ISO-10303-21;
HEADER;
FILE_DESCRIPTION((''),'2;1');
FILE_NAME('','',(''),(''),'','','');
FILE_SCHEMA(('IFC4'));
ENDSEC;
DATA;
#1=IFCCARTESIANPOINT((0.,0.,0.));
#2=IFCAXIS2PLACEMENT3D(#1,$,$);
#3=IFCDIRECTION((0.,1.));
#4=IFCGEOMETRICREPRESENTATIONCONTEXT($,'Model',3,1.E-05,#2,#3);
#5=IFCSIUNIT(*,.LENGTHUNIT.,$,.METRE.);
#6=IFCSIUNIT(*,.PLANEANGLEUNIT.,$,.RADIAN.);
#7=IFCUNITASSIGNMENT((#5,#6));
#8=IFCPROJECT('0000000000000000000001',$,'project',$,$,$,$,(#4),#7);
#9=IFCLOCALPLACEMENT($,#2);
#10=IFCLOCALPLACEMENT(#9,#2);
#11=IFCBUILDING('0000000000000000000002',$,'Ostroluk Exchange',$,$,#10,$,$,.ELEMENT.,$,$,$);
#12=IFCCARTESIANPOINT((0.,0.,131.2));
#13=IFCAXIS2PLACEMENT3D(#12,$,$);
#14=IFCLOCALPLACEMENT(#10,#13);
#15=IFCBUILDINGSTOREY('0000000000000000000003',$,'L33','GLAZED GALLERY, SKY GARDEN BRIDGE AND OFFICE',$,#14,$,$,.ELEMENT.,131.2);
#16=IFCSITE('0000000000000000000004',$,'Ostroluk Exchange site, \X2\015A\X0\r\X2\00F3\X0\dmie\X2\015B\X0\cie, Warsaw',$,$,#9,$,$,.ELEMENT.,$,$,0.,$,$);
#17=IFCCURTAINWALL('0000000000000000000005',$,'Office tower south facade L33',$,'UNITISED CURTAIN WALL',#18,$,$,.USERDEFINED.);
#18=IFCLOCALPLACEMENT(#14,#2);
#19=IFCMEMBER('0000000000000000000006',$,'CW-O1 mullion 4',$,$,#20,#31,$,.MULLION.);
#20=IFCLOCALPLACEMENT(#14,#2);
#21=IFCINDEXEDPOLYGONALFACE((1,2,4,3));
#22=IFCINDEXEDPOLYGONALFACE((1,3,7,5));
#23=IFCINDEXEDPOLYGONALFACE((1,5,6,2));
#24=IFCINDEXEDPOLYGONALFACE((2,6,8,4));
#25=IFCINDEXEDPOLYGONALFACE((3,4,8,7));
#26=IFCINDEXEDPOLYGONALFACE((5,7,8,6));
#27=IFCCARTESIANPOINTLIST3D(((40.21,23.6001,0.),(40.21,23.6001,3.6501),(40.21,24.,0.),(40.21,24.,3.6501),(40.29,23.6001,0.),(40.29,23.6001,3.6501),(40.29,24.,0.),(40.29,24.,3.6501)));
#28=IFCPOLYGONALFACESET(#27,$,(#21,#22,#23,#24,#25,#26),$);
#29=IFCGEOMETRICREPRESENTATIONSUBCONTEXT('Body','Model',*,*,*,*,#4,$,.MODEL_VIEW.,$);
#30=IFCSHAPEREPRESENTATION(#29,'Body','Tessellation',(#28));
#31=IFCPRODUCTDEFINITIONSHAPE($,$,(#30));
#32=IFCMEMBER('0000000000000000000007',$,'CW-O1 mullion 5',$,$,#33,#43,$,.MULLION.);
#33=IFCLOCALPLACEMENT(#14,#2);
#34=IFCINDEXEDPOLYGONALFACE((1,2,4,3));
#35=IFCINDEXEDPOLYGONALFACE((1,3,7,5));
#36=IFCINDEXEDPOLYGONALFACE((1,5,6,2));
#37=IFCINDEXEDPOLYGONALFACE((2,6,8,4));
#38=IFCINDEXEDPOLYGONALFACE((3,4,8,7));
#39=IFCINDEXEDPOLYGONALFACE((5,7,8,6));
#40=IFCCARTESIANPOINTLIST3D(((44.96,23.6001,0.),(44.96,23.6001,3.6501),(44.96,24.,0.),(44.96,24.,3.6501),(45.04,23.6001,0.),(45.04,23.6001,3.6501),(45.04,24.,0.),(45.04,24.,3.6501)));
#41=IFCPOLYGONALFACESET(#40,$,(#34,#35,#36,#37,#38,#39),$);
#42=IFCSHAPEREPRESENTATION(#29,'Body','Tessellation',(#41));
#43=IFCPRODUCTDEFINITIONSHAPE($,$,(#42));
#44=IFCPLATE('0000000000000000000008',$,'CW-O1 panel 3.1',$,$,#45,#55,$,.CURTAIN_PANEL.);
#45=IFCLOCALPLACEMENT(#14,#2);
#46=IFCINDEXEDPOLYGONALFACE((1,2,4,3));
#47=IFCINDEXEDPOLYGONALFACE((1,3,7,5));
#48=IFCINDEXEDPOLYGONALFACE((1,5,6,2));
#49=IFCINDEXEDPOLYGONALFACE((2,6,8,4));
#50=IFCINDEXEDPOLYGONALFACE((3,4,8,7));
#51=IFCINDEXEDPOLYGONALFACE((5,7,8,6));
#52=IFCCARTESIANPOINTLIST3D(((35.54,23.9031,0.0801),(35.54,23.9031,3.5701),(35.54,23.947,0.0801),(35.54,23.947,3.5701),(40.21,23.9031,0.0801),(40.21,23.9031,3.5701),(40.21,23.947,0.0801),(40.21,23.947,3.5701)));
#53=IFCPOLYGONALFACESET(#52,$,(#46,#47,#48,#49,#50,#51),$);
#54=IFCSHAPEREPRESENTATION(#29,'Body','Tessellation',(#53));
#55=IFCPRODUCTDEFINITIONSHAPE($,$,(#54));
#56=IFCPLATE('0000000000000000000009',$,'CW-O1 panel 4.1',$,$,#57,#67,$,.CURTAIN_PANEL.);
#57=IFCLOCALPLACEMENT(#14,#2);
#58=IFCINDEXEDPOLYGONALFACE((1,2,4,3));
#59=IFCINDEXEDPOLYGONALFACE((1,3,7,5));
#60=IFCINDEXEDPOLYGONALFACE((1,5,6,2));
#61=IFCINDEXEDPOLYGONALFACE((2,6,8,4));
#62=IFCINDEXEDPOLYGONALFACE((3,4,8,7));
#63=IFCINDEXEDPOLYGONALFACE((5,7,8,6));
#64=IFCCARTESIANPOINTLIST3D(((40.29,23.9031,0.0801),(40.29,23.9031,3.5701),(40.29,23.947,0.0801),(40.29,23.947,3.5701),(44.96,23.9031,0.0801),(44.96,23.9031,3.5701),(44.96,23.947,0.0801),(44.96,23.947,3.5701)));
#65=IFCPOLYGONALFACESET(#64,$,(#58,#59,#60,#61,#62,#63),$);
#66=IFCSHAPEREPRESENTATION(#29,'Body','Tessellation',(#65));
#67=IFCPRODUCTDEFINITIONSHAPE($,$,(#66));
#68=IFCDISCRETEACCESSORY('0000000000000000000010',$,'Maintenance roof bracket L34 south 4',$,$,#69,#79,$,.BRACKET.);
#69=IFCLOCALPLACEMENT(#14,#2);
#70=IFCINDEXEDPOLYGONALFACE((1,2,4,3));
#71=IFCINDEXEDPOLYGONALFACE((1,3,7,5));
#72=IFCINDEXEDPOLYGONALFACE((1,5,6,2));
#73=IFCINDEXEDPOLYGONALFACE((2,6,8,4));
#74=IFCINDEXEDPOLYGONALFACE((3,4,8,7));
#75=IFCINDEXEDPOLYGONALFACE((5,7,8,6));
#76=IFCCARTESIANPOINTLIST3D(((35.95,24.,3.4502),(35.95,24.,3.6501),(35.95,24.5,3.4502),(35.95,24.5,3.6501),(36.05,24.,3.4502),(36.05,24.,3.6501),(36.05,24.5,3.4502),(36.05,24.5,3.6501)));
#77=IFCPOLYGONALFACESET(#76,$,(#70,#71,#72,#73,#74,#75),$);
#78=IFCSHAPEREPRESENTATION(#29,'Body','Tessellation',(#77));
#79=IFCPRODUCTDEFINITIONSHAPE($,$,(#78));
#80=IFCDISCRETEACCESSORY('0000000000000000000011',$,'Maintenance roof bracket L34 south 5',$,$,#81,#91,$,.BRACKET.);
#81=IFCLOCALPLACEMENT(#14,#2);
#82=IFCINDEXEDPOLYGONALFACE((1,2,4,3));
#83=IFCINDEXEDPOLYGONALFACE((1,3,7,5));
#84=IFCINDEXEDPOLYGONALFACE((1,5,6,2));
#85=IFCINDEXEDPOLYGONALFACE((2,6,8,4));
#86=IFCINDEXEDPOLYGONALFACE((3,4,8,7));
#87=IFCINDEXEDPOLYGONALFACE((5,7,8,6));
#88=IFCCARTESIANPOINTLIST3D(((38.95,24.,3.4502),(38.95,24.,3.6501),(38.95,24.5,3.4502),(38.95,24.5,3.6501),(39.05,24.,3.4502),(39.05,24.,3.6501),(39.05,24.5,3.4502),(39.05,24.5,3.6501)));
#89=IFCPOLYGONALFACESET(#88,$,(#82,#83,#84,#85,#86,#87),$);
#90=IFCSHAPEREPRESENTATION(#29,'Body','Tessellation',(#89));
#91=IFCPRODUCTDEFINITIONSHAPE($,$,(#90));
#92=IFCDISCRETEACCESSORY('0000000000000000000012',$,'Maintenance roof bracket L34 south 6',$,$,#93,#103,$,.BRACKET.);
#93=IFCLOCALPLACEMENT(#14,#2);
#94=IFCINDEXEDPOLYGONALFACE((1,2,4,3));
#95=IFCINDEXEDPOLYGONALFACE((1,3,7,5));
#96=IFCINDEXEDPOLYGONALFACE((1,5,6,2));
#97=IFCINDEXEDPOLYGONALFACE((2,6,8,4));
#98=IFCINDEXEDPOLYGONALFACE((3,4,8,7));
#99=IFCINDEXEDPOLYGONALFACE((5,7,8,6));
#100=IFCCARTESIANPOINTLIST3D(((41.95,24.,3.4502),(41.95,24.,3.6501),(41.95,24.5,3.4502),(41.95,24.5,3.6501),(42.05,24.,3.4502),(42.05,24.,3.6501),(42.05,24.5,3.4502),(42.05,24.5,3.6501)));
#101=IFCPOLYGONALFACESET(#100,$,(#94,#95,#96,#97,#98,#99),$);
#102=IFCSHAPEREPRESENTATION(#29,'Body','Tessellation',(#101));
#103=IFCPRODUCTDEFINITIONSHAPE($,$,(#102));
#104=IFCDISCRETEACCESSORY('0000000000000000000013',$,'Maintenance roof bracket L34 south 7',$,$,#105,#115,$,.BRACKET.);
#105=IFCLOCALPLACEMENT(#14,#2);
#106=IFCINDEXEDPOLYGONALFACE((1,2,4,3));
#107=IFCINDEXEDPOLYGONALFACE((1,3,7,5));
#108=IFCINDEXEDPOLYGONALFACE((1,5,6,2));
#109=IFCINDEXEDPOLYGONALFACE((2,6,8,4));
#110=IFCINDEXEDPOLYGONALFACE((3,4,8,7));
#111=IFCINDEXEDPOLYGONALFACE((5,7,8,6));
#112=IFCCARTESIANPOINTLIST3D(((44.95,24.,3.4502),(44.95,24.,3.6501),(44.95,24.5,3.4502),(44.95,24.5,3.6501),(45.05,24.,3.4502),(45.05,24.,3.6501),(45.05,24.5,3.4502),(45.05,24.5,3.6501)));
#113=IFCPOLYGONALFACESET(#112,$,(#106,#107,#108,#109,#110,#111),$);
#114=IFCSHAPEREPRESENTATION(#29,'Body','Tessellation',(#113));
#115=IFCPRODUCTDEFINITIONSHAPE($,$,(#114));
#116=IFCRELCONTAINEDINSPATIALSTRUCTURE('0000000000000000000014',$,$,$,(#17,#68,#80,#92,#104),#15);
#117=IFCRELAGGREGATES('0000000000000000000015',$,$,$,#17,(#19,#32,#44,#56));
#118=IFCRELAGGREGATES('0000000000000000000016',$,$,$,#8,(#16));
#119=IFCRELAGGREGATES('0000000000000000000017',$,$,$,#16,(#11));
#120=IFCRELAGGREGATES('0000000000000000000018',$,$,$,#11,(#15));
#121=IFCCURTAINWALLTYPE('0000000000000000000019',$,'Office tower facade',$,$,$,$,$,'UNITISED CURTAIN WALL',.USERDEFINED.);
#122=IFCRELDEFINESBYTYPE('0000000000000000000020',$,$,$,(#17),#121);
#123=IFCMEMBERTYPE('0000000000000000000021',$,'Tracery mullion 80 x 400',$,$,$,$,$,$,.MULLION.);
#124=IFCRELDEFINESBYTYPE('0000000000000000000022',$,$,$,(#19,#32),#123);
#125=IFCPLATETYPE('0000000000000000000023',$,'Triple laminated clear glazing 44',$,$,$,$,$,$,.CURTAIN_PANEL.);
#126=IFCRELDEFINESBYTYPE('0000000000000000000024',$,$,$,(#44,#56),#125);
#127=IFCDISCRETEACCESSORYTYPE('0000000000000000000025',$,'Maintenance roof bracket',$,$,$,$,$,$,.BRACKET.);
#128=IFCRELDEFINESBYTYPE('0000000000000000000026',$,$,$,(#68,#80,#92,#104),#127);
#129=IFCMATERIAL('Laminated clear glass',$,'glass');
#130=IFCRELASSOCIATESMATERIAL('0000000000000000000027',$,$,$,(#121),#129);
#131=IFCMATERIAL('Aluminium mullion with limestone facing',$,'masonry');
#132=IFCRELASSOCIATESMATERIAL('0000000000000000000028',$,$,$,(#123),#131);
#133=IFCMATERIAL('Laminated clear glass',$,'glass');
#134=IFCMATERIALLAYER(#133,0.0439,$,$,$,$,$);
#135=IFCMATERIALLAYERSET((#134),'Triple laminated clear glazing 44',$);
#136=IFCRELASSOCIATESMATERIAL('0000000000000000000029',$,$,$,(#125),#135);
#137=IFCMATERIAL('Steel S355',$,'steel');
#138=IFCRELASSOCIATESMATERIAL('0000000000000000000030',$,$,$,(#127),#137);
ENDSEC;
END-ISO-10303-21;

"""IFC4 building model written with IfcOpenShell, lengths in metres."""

from ifc_helpers import new_model, si_unit, direction, frame, origin, origin_2d, place, context, subcontext, project, spatial, rectangle, extrude, material, layer, layer_set, material_profile, profile_set, type_object, element, aggregate, save


model = new_model("IFC4")

# Units and contexts
model_context = context("Model", 3, precision=1e-05, world=origin(), true_north=direction((0.0, 1.0)))
body_context = subcontext(model_context, "Body", "Model", "MODEL_VIEW")
ifc_project = project(units=[si_unit("LENGTHUNIT", "METRE"), si_unit("PLANEANGLEUNIT", "RADIAN")], contexts=[model_context])

# Site, building, storey
site_placement = place(None, origin())
site = spatial("IfcSite", under=ifc_project, at=site_placement, Name="Ostroluk Exchange site, Śródmieście, Warsaw", CompositionType="ELEMENT", RefElevation=0.0)
building_placement = place(site_placement, origin())
building = spatial("IfcBuilding", under=site, at=building_placement, Name="Ostroluk Exchange", CompositionType="ELEMENT")
storey_placement = place(building_placement, frame((0.0, 0.0, 131.2)))
storey = spatial("IfcBuildingStorey", under=building, at=storey_placement, Name="L33", Description="GLAZED GALLERY, SKY GARDEN BRIDGE AND OFFICE", CompositionType="ELEMENT", Elevation=131.2)

# Curtain wall, members, plates
ifc_material_1 = material(Name="Laminated clear glass", Category="glass")
curtain_wall_type = type_object("IfcCurtainWallType", Name="Office tower facade", ElementType="UNITISED CURTAIN WALL", PredefinedType="USERDEFINED", material=ifc_material_1)
curtain_wall_placement = place(storey_placement, origin())
curtain_wall = element("IfcCurtainWall", 1, at=curtain_wall_placement, inside=storey, type_object=curtain_wall_type, Name="Office tower south facade L33", ObjectType="UNITISED CURTAIN WALL", PredefinedType="USERDEFINED")
ifc_material_2 = material(Name="Aluminium mullion with limestone facing", Category="masonry")
ifc_material_profile_1 = material_profile(ifc_material_2, rectangle(XDim=0.3999, YDim=0.0801, at=origin_2d()), Name="Tracery mullion 80 x 400")
ifc_profile_set_1 = profile_set([ifc_material_profile_1], Name="Aluminium mullion with limestone facing")
member_type_1 = type_object("IfcMemberType", Name="Tracery mullion 80 x 400", PredefinedType="MULLION", material=ifc_profile_set_1)
member_1_placement = place(storey_placement, frame((40.25, 23.8, 0.0), z_axis=(0.0, 0.0, 1.0), x_axis=(0.0, 1.0, 0.0)))
member_1 = element("IfcMember", 2, at=member_1_placement, type_object=member_type_1, Name="CW-O1 mullion 4", PredefinedType="MULLION", context=body_context, shape_type="SweptSolid", body=[
    extrude(rectangle(XDim=0.3999, YDim=0.0801, at=origin_2d()), origin(), (0.0, 0.0, 1.0), 3.6501),
])
member_2_placement = place(storey_placement, frame((45.0, 23.8, 0.0), z_axis=(0.0, 0.0, 1.0), x_axis=(0.0, 1.0, 0.0)))
member_2 = element("IfcMember", 3, at=member_2_placement, type_object=member_type_1, Name="CW-O1 mullion 5", PredefinedType="MULLION", context=body_context, shape_type="SweptSolid", body=[
    extrude(rectangle(XDim=0.3999, YDim=0.0801, at=origin_2d()), origin(), (0.0, 0.0, 1.0), 3.6501),
])
ifc_material_3 = material(Name="Laminated clear glass", Category="glass")
ifc_layer = layer(ifc_material_3, 0.0439)
ifc_layer_set = layer_set([ifc_layer], Name="Triple laminated clear glazing 44")
plate_type = type_object("IfcPlateType", Name="Triple laminated clear glazing 44", PredefinedType="CURTAIN_PANEL", material=ifc_layer_set)
plate_1_placement = place(storey_placement, frame((37.875, 23.925, 0.0801), z_axis=(0.0, 0.0, 1.0), x_axis=(1.0, 0.0, 0.0)))
plate_1 = element("IfcPlate", 4, at=plate_1_placement, type_object=plate_type, Name="CW-O1 panel 3.1", PredefinedType="CURTAIN_PANEL", context=body_context, shape_type="SweptSolid", body=[
    extrude(rectangle(XDim=4.6699, YDim=0.0439, at=origin_2d()), origin(), (0.0, 0.0, 1.0), 3.49),
])
plate_2_placement = place(storey_placement, frame((42.625, 23.925, 0.0801), z_axis=(0.0, 0.0, 1.0), x_axis=(1.0, 0.0, 0.0)))
plate_2 = element("IfcPlate", 5, at=plate_2_placement, type_object=plate_type, Name="CW-O1 panel 4.1", PredefinedType="CURTAIN_PANEL", context=body_context, shape_type="SweptSolid", body=[
    extrude(rectangle(XDim=4.6699, YDim=0.0439, at=origin_2d()), origin(), (0.0, 0.0, 1.0), 3.49),
])
aggregate(curtain_wall, [member_1, member_2, plate_1, plate_2])

# Discrete accessories
ifc_material_4 = material(Name="Steel S355", Category="steel")
discrete_accessory_type = type_object("IfcDiscreteAccessoryType", Name="Maintenance roof bracket", PredefinedType="BRACKET", material=ifc_material_4)
for number, where, z_axis, x_axis, name in (
    (6, (36.0, 24.25, 3.4502), (0.0, 0.0, 1.0), (1.0, 0.0, 0.0), "Maintenance roof bracket L34 south 4"),
    (7, (39.0, 24.25, 3.4502), (0.0, 0.0, 1.0), (1.0, 0.0, 0.0), "Maintenance roof bracket L34 south 5"),
    (8, (42.0, 24.25, 3.4502), (0.0, 0.0, 1.0), (1.0, 0.0, 0.0), "Maintenance roof bracket L34 south 6"),
    (9, (45.0, 24.25, 3.4502), (0.0, 0.0, 1.0), (1.0, 0.0, 0.0), "Maintenance roof bracket L34 south 7"),
):
    element("IfcDiscreteAccessory", number, at=place(storey_placement, frame(where, z_axis=z_axis, x_axis=x_axis)), inside=storey, type_object=discrete_accessory_type, Name=name, PredefinedType="BRACKET", context=body_context, shape_type="SweptSolid", body=[
        extrude(rectangle(XDim=0.1001, YDim=0.5, at=origin_2d()), origin(), (0.0, 0.0, 1.0), 0.2),
    ])

save(model, "model.ifc")
